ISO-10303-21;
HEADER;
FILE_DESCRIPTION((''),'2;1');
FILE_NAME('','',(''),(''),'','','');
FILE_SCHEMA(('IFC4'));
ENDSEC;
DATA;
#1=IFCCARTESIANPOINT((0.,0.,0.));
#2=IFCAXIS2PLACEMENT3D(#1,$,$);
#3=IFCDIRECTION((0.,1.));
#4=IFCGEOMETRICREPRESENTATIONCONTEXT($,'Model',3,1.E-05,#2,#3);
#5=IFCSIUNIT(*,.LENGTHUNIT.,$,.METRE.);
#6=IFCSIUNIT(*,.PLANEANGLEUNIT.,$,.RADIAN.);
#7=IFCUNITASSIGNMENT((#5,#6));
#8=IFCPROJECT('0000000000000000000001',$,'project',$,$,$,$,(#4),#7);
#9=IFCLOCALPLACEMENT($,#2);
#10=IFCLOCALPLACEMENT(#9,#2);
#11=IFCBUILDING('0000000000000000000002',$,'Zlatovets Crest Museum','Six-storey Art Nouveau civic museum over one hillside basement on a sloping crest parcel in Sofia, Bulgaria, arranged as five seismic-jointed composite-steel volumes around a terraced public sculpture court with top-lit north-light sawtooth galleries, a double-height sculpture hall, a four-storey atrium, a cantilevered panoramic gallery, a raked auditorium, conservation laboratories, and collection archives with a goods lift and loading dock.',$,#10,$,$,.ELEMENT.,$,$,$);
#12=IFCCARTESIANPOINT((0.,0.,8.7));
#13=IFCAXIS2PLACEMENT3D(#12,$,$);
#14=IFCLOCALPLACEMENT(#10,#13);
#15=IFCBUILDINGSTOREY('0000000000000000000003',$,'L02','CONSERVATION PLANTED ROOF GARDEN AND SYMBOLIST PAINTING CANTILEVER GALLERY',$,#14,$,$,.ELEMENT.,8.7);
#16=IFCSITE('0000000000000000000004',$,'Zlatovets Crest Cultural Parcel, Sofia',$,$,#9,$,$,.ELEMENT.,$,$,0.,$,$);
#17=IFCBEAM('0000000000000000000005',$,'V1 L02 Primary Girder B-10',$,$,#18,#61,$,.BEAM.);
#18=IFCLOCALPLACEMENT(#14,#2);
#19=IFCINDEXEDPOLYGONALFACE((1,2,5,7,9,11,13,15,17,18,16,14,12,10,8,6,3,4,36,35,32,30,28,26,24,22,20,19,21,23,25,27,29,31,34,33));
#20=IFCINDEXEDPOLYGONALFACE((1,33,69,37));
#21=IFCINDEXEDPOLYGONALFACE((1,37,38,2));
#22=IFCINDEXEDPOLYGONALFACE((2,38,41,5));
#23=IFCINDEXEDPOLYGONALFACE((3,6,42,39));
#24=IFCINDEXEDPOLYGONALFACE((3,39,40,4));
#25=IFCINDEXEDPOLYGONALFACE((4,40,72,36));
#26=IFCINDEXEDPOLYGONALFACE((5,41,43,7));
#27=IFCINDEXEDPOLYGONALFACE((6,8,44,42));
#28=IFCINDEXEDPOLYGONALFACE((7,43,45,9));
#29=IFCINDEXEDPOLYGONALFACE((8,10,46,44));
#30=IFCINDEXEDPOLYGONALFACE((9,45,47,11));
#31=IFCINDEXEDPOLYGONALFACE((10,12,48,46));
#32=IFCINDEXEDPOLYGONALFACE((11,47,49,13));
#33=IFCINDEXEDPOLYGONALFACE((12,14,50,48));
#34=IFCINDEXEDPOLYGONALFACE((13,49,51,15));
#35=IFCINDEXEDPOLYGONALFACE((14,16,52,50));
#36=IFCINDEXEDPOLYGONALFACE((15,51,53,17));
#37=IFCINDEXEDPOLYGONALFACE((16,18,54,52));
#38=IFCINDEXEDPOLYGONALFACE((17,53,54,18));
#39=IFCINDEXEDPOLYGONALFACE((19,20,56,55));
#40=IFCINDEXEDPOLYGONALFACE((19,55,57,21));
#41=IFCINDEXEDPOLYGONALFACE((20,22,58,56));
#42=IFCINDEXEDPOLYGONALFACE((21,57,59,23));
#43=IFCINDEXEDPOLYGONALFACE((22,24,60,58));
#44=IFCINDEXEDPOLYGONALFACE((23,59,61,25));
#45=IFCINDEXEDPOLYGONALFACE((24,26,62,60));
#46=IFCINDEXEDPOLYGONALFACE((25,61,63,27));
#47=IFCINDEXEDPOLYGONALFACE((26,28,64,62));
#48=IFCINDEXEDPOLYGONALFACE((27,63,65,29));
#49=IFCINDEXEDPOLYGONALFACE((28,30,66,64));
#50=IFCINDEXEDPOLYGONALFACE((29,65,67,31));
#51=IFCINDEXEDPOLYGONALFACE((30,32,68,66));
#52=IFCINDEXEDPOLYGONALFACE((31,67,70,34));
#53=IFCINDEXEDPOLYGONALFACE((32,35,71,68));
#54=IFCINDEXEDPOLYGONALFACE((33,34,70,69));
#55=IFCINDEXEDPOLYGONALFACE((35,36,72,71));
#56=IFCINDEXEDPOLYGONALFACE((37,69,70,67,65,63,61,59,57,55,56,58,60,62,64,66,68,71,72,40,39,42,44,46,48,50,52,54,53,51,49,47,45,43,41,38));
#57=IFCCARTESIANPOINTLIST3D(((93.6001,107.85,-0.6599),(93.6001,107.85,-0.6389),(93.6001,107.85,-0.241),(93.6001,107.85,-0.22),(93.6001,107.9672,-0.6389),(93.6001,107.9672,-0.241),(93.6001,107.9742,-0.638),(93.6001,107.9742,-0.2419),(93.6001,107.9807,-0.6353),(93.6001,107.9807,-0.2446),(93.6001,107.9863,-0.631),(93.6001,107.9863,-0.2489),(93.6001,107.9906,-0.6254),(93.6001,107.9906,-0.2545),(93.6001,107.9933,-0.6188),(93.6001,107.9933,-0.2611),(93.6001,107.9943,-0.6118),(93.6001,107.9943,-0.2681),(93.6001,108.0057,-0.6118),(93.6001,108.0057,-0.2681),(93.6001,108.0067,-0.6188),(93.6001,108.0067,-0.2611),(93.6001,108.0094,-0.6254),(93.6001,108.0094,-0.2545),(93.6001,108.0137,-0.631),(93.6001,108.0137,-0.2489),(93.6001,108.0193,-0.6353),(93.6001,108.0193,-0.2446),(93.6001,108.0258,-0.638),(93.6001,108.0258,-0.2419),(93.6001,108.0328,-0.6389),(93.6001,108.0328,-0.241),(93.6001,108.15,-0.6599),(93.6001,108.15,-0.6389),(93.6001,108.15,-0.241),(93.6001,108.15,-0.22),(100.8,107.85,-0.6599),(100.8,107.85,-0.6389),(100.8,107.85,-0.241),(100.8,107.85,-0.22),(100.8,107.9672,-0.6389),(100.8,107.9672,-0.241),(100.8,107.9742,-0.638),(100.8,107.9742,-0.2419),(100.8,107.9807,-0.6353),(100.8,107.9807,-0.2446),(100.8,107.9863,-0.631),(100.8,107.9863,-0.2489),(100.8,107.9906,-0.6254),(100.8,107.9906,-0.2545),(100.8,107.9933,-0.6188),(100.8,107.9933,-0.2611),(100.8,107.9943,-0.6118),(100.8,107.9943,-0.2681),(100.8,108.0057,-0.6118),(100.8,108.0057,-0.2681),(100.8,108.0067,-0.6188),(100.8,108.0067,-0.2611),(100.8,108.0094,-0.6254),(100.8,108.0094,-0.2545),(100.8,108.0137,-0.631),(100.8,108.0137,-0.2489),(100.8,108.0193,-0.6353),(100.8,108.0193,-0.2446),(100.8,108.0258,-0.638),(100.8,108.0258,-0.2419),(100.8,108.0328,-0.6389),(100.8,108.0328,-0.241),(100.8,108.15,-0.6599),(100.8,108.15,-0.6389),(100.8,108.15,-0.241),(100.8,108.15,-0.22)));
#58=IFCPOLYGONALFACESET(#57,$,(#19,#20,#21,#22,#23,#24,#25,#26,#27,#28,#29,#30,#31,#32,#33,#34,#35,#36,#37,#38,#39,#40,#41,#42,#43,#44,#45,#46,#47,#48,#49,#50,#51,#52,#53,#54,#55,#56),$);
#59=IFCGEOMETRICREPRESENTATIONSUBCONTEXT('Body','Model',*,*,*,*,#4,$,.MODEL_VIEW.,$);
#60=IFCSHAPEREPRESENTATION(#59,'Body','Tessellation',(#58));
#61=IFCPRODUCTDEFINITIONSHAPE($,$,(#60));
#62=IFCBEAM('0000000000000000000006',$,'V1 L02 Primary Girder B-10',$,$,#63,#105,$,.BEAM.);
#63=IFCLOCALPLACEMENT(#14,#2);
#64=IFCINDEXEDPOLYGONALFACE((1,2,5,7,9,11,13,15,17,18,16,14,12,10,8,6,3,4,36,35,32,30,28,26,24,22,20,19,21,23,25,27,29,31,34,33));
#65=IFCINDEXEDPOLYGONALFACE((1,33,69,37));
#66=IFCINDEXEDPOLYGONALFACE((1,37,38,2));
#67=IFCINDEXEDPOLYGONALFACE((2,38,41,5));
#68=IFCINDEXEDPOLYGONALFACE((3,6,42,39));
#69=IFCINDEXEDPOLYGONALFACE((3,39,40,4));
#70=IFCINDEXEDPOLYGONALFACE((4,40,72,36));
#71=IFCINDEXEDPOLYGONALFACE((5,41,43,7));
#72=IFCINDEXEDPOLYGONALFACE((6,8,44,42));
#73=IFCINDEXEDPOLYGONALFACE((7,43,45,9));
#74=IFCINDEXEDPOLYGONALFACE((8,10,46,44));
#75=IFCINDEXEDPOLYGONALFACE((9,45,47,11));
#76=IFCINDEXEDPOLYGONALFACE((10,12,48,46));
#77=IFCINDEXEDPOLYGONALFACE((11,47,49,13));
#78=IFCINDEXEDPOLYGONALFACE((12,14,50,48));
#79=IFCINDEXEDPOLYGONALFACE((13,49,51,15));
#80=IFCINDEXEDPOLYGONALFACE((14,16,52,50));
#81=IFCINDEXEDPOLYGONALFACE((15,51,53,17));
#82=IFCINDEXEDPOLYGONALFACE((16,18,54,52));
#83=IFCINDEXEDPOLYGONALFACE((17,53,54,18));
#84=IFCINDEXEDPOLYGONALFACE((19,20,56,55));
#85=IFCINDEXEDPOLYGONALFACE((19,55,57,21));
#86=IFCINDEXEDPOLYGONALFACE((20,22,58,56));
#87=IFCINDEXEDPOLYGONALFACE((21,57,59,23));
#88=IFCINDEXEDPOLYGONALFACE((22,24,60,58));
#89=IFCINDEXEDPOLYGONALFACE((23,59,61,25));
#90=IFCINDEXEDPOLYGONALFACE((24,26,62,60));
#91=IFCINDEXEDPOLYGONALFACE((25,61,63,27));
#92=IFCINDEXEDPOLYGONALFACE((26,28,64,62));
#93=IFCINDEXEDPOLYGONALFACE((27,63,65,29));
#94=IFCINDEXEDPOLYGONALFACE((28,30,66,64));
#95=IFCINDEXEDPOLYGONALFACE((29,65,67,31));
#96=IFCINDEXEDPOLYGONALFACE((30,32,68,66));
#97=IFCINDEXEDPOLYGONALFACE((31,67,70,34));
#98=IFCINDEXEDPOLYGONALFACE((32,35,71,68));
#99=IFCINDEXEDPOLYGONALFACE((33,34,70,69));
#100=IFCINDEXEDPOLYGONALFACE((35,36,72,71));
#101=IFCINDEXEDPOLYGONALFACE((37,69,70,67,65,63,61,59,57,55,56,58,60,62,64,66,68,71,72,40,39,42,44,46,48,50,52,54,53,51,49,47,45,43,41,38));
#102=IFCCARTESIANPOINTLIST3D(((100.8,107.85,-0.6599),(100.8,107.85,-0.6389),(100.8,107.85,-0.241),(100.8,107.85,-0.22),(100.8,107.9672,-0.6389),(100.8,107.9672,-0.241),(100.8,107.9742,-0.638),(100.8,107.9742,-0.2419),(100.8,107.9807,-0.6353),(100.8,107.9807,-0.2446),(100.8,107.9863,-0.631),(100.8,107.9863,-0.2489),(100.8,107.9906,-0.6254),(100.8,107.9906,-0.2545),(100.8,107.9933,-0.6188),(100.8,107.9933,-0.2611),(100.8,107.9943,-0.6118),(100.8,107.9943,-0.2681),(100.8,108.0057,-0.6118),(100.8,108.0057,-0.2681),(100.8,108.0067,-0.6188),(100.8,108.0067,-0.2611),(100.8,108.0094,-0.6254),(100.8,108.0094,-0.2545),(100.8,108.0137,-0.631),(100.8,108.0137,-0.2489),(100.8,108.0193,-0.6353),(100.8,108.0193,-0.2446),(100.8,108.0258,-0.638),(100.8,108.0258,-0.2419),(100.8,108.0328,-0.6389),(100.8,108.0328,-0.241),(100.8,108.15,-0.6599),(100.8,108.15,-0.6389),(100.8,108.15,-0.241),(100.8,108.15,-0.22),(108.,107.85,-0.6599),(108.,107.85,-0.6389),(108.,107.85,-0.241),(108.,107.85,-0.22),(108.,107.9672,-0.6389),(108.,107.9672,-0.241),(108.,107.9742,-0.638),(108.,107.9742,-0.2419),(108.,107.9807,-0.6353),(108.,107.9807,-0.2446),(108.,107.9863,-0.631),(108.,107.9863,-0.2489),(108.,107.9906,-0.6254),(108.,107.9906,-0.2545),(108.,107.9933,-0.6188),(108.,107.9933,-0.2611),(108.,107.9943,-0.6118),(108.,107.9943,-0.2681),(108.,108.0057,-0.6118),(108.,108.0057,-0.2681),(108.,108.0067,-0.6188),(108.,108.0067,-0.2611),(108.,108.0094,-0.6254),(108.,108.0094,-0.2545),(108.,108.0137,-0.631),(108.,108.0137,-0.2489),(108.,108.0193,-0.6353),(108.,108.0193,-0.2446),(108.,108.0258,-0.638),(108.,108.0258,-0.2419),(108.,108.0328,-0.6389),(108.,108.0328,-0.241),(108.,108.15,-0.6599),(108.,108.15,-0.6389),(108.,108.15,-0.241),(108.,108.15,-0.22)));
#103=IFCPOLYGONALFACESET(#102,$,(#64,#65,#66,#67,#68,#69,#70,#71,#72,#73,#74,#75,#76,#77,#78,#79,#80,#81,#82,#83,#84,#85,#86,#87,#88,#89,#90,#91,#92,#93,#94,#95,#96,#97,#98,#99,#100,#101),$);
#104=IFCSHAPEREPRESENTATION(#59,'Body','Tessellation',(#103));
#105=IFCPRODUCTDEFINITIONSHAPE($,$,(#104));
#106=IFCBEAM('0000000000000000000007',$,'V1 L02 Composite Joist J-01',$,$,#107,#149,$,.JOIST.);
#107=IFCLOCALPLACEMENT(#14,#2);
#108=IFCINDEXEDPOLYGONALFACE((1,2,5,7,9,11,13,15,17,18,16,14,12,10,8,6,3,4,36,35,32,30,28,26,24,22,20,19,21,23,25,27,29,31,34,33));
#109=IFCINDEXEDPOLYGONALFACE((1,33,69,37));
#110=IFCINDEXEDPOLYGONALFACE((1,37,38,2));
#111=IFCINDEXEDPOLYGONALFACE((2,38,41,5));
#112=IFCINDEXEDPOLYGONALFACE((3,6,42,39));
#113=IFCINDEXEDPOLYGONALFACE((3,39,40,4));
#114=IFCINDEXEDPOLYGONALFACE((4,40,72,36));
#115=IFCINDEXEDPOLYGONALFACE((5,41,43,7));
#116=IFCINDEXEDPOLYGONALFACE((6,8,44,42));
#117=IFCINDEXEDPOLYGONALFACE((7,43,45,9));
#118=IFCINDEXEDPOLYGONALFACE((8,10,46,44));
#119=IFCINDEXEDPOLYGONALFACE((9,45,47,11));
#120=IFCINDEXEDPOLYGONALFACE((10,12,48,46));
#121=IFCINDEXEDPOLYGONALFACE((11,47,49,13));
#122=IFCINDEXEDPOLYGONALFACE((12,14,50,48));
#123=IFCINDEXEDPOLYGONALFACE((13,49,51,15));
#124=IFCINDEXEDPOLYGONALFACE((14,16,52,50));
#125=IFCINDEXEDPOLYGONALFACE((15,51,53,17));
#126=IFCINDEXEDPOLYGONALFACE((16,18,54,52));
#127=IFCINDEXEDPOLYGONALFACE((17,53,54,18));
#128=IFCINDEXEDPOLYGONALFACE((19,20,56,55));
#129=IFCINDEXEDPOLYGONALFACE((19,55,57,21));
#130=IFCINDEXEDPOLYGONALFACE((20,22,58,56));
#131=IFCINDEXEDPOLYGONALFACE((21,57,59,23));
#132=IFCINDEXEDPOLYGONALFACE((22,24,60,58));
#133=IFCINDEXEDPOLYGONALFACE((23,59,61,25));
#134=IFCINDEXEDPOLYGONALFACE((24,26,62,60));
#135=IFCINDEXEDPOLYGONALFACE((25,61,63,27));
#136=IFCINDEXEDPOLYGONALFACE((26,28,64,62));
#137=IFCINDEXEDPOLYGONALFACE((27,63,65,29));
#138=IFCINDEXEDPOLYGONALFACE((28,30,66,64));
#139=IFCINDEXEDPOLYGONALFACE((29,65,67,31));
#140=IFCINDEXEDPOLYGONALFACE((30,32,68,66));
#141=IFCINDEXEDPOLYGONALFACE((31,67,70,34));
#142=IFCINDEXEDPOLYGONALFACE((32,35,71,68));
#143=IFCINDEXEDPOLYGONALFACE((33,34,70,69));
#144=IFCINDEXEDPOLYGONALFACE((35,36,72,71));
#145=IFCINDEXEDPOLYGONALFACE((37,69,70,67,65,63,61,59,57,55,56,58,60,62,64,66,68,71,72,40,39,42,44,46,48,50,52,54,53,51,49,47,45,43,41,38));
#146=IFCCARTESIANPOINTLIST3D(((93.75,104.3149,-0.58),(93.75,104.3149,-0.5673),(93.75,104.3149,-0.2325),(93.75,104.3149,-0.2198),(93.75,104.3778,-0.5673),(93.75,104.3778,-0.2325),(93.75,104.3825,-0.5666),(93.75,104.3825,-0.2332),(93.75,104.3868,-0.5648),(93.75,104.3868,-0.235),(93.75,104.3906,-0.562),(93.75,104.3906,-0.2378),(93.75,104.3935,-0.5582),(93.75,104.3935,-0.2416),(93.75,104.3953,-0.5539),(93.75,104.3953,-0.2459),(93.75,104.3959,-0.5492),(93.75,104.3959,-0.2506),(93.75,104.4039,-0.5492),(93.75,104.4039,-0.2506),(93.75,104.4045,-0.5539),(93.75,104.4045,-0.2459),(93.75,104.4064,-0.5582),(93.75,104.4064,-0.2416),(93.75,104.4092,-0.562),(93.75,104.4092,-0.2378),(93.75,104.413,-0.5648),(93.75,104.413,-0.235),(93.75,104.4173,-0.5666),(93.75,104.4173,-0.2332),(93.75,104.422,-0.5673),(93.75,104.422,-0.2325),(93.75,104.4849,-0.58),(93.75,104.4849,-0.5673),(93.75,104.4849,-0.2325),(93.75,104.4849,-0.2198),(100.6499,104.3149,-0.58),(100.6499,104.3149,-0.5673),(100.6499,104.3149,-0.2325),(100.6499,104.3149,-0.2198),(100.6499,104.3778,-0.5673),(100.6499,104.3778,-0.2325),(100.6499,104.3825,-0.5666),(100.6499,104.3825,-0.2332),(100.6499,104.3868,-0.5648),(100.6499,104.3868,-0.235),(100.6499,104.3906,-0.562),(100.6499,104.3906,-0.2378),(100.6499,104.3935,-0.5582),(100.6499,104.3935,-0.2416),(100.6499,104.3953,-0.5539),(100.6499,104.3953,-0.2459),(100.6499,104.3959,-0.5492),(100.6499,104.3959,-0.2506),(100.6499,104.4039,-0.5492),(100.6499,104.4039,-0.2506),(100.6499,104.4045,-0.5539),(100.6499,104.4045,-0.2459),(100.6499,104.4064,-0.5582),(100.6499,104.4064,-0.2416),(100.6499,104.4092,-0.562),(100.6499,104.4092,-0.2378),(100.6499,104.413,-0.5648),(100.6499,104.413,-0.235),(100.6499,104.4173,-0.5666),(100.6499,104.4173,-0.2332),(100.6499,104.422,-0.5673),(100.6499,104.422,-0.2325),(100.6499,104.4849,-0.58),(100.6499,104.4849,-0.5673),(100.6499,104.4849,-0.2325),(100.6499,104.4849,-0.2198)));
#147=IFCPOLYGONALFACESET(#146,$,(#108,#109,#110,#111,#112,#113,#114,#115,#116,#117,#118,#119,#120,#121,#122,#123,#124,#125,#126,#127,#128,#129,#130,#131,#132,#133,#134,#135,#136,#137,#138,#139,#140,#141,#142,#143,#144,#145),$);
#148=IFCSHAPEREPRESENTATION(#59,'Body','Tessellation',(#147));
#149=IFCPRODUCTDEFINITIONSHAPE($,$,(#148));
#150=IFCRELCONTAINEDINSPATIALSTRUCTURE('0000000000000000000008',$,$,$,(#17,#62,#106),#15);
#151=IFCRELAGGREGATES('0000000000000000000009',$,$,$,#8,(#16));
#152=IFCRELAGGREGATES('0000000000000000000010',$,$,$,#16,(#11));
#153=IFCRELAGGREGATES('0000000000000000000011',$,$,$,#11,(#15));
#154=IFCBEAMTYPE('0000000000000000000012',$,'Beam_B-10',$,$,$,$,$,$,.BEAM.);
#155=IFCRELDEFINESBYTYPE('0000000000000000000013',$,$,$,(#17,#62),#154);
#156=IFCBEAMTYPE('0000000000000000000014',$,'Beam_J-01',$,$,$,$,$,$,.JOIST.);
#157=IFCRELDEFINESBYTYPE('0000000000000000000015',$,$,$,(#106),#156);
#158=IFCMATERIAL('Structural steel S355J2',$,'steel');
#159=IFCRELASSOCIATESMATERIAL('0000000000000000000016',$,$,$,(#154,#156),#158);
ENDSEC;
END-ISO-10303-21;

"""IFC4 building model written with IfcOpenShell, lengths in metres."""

from ifc_helpers import new_model, si_unit, direction, frame, origin, origin_2d, place, context, subcontext, project, spatial, i_section, extrude, material, material_profile, profile_set, type_object, element, save


model = new_model("IFC4")

# Units and contexts
model_context = context("Model", 3, precision=1e-05, world=origin(), true_north=direction((0.0, 1.0)))
body_context = subcontext(model_context, "Body", "Model", "MODEL_VIEW")
ifc_project = project(units=[si_unit("LENGTHUNIT", "METRE"), si_unit("PLANEANGLEUNIT", "RADIAN")], contexts=[model_context])

# Site, building, storey
site_placement = place(None, origin())
site = spatial("IfcSite", under=ifc_project, at=site_placement, Name="Zlatovets Crest Cultural Parcel, Sofia", CompositionType="ELEMENT", RefElevation=0.0)
building_placement = place(site_placement, origin())
building = spatial("IfcBuilding", under=site, at=building_placement, Name="Zlatovets Crest Museum", Description="Six-storey Art Nouveau civic museum over one hillside basement on a sloping crest parcel in Sofia, Bulgaria, arranged as five seismic-jointed composite-steel volumes around a terraced public sculpture court with top-lit north-light sawtooth galleries, a double-height sculpture hall, a four-storey atrium, a cantilevered panoramic gallery, a raked auditorium, conservation laboratories, and collection archives with a goods lift and loading dock.", CompositionType="ELEMENT")
storey_placement = place(building_placement, frame((0.0, 0.0, 8.7)))
storey = spatial("IfcBuildingStorey", under=building, at=storey_placement, Name="L02", Description="CONSERVATION PLANTED ROOF GARDEN AND SYMBOLIST PAINTING CANTILEVER GALLERY", CompositionType="ELEMENT", Elevation=8.7)

# Shared definitions
ifc_material_1 = material(Name="Structural steel S355J2", Category="steel")

# Beams
ifc_material_profile_1 = material_profile(ifc_material_1, i_section(OverallWidth=0.3, OverallDepth=0.4399, WebThickness=0.0115, FlangeThickness=0.021, FilletRadius=0.0271, at=origin_2d()), Name="HEA 450")
ifc_profile_set_1 = profile_set([ifc_material_profile_1], Name="Structural steel S355J2")
beam_type_1 = type_object("IfcBeamType", Name="Beam_B-10", PredefinedType="BEAM", material=ifc_profile_set_1)
for number, where, z_axis, x_axis, name in (
    (1, (93.6001, 108.0, -0.4399), (1.0, 0.0, 0.0), (0.0, 1.0, 0.0), "V1 L02 Primary Girder B-10"),
    (2, (100.8, 108.0, -0.4399), (1.0, 0.0, 0.0), (0.0, 1.0, 0.0), "V1 L02 Primary Girder B-10"),
):
    element("IfcBeam", number, at=place(storey_placement, frame(where, z_axis=z_axis, x_axis=x_axis)), inside=storey, type_object=beam_type_1, Name=name, PredefinedType="BEAM", context=body_context, shape_type="SweptSolid", body=[
        extrude(i_section(OverallWidth=0.3, OverallDepth=0.4399, WebThickness=0.0115, FlangeThickness=0.021, FilletRadius=0.0271, at=origin_2d()), origin(), (0.0, 0.0, 1.0), 7.2),
    ])
ifc_material_profile_2 = material_profile(ifc_material_1, i_section(OverallWidth=0.1699, OverallDepth=0.3601, WebThickness=0.0081, FlangeThickness=0.0127, FilletRadius=0.0181, at=origin_2d()), Name="IPE 360")
ifc_profile_set_2 = profile_set([ifc_material_profile_2], Name="Structural steel S355J2")
beam_type_2 = type_object("IfcBeamType", Name="Beam_J-01", PredefinedType="JOIST", material=ifc_profile_set_2)
beam_placement = place(storey_placement, frame((93.75, 104.3999, -0.3999), z_axis=(1.0, 0.0, 0.0), x_axis=(0.0, 1.0, 0.0)))
element("IfcBeam", 3, at=beam_placement, inside=storey, type_object=beam_type_2, Name="V1 L02 Composite Joist J-01", PredefinedType="JOIST", context=body_context, shape_type="SweptSolid", body=[
    extrude(i_section(OverallWidth=0.1699, OverallDepth=0.3601, WebThickness=0.0081, FlangeThickness=0.0127, FilletRadius=0.0181, at=origin_2d()), origin(), (0.0, 0.0, 1.0), 6.8999),
])

save(model, "model.ifc")
